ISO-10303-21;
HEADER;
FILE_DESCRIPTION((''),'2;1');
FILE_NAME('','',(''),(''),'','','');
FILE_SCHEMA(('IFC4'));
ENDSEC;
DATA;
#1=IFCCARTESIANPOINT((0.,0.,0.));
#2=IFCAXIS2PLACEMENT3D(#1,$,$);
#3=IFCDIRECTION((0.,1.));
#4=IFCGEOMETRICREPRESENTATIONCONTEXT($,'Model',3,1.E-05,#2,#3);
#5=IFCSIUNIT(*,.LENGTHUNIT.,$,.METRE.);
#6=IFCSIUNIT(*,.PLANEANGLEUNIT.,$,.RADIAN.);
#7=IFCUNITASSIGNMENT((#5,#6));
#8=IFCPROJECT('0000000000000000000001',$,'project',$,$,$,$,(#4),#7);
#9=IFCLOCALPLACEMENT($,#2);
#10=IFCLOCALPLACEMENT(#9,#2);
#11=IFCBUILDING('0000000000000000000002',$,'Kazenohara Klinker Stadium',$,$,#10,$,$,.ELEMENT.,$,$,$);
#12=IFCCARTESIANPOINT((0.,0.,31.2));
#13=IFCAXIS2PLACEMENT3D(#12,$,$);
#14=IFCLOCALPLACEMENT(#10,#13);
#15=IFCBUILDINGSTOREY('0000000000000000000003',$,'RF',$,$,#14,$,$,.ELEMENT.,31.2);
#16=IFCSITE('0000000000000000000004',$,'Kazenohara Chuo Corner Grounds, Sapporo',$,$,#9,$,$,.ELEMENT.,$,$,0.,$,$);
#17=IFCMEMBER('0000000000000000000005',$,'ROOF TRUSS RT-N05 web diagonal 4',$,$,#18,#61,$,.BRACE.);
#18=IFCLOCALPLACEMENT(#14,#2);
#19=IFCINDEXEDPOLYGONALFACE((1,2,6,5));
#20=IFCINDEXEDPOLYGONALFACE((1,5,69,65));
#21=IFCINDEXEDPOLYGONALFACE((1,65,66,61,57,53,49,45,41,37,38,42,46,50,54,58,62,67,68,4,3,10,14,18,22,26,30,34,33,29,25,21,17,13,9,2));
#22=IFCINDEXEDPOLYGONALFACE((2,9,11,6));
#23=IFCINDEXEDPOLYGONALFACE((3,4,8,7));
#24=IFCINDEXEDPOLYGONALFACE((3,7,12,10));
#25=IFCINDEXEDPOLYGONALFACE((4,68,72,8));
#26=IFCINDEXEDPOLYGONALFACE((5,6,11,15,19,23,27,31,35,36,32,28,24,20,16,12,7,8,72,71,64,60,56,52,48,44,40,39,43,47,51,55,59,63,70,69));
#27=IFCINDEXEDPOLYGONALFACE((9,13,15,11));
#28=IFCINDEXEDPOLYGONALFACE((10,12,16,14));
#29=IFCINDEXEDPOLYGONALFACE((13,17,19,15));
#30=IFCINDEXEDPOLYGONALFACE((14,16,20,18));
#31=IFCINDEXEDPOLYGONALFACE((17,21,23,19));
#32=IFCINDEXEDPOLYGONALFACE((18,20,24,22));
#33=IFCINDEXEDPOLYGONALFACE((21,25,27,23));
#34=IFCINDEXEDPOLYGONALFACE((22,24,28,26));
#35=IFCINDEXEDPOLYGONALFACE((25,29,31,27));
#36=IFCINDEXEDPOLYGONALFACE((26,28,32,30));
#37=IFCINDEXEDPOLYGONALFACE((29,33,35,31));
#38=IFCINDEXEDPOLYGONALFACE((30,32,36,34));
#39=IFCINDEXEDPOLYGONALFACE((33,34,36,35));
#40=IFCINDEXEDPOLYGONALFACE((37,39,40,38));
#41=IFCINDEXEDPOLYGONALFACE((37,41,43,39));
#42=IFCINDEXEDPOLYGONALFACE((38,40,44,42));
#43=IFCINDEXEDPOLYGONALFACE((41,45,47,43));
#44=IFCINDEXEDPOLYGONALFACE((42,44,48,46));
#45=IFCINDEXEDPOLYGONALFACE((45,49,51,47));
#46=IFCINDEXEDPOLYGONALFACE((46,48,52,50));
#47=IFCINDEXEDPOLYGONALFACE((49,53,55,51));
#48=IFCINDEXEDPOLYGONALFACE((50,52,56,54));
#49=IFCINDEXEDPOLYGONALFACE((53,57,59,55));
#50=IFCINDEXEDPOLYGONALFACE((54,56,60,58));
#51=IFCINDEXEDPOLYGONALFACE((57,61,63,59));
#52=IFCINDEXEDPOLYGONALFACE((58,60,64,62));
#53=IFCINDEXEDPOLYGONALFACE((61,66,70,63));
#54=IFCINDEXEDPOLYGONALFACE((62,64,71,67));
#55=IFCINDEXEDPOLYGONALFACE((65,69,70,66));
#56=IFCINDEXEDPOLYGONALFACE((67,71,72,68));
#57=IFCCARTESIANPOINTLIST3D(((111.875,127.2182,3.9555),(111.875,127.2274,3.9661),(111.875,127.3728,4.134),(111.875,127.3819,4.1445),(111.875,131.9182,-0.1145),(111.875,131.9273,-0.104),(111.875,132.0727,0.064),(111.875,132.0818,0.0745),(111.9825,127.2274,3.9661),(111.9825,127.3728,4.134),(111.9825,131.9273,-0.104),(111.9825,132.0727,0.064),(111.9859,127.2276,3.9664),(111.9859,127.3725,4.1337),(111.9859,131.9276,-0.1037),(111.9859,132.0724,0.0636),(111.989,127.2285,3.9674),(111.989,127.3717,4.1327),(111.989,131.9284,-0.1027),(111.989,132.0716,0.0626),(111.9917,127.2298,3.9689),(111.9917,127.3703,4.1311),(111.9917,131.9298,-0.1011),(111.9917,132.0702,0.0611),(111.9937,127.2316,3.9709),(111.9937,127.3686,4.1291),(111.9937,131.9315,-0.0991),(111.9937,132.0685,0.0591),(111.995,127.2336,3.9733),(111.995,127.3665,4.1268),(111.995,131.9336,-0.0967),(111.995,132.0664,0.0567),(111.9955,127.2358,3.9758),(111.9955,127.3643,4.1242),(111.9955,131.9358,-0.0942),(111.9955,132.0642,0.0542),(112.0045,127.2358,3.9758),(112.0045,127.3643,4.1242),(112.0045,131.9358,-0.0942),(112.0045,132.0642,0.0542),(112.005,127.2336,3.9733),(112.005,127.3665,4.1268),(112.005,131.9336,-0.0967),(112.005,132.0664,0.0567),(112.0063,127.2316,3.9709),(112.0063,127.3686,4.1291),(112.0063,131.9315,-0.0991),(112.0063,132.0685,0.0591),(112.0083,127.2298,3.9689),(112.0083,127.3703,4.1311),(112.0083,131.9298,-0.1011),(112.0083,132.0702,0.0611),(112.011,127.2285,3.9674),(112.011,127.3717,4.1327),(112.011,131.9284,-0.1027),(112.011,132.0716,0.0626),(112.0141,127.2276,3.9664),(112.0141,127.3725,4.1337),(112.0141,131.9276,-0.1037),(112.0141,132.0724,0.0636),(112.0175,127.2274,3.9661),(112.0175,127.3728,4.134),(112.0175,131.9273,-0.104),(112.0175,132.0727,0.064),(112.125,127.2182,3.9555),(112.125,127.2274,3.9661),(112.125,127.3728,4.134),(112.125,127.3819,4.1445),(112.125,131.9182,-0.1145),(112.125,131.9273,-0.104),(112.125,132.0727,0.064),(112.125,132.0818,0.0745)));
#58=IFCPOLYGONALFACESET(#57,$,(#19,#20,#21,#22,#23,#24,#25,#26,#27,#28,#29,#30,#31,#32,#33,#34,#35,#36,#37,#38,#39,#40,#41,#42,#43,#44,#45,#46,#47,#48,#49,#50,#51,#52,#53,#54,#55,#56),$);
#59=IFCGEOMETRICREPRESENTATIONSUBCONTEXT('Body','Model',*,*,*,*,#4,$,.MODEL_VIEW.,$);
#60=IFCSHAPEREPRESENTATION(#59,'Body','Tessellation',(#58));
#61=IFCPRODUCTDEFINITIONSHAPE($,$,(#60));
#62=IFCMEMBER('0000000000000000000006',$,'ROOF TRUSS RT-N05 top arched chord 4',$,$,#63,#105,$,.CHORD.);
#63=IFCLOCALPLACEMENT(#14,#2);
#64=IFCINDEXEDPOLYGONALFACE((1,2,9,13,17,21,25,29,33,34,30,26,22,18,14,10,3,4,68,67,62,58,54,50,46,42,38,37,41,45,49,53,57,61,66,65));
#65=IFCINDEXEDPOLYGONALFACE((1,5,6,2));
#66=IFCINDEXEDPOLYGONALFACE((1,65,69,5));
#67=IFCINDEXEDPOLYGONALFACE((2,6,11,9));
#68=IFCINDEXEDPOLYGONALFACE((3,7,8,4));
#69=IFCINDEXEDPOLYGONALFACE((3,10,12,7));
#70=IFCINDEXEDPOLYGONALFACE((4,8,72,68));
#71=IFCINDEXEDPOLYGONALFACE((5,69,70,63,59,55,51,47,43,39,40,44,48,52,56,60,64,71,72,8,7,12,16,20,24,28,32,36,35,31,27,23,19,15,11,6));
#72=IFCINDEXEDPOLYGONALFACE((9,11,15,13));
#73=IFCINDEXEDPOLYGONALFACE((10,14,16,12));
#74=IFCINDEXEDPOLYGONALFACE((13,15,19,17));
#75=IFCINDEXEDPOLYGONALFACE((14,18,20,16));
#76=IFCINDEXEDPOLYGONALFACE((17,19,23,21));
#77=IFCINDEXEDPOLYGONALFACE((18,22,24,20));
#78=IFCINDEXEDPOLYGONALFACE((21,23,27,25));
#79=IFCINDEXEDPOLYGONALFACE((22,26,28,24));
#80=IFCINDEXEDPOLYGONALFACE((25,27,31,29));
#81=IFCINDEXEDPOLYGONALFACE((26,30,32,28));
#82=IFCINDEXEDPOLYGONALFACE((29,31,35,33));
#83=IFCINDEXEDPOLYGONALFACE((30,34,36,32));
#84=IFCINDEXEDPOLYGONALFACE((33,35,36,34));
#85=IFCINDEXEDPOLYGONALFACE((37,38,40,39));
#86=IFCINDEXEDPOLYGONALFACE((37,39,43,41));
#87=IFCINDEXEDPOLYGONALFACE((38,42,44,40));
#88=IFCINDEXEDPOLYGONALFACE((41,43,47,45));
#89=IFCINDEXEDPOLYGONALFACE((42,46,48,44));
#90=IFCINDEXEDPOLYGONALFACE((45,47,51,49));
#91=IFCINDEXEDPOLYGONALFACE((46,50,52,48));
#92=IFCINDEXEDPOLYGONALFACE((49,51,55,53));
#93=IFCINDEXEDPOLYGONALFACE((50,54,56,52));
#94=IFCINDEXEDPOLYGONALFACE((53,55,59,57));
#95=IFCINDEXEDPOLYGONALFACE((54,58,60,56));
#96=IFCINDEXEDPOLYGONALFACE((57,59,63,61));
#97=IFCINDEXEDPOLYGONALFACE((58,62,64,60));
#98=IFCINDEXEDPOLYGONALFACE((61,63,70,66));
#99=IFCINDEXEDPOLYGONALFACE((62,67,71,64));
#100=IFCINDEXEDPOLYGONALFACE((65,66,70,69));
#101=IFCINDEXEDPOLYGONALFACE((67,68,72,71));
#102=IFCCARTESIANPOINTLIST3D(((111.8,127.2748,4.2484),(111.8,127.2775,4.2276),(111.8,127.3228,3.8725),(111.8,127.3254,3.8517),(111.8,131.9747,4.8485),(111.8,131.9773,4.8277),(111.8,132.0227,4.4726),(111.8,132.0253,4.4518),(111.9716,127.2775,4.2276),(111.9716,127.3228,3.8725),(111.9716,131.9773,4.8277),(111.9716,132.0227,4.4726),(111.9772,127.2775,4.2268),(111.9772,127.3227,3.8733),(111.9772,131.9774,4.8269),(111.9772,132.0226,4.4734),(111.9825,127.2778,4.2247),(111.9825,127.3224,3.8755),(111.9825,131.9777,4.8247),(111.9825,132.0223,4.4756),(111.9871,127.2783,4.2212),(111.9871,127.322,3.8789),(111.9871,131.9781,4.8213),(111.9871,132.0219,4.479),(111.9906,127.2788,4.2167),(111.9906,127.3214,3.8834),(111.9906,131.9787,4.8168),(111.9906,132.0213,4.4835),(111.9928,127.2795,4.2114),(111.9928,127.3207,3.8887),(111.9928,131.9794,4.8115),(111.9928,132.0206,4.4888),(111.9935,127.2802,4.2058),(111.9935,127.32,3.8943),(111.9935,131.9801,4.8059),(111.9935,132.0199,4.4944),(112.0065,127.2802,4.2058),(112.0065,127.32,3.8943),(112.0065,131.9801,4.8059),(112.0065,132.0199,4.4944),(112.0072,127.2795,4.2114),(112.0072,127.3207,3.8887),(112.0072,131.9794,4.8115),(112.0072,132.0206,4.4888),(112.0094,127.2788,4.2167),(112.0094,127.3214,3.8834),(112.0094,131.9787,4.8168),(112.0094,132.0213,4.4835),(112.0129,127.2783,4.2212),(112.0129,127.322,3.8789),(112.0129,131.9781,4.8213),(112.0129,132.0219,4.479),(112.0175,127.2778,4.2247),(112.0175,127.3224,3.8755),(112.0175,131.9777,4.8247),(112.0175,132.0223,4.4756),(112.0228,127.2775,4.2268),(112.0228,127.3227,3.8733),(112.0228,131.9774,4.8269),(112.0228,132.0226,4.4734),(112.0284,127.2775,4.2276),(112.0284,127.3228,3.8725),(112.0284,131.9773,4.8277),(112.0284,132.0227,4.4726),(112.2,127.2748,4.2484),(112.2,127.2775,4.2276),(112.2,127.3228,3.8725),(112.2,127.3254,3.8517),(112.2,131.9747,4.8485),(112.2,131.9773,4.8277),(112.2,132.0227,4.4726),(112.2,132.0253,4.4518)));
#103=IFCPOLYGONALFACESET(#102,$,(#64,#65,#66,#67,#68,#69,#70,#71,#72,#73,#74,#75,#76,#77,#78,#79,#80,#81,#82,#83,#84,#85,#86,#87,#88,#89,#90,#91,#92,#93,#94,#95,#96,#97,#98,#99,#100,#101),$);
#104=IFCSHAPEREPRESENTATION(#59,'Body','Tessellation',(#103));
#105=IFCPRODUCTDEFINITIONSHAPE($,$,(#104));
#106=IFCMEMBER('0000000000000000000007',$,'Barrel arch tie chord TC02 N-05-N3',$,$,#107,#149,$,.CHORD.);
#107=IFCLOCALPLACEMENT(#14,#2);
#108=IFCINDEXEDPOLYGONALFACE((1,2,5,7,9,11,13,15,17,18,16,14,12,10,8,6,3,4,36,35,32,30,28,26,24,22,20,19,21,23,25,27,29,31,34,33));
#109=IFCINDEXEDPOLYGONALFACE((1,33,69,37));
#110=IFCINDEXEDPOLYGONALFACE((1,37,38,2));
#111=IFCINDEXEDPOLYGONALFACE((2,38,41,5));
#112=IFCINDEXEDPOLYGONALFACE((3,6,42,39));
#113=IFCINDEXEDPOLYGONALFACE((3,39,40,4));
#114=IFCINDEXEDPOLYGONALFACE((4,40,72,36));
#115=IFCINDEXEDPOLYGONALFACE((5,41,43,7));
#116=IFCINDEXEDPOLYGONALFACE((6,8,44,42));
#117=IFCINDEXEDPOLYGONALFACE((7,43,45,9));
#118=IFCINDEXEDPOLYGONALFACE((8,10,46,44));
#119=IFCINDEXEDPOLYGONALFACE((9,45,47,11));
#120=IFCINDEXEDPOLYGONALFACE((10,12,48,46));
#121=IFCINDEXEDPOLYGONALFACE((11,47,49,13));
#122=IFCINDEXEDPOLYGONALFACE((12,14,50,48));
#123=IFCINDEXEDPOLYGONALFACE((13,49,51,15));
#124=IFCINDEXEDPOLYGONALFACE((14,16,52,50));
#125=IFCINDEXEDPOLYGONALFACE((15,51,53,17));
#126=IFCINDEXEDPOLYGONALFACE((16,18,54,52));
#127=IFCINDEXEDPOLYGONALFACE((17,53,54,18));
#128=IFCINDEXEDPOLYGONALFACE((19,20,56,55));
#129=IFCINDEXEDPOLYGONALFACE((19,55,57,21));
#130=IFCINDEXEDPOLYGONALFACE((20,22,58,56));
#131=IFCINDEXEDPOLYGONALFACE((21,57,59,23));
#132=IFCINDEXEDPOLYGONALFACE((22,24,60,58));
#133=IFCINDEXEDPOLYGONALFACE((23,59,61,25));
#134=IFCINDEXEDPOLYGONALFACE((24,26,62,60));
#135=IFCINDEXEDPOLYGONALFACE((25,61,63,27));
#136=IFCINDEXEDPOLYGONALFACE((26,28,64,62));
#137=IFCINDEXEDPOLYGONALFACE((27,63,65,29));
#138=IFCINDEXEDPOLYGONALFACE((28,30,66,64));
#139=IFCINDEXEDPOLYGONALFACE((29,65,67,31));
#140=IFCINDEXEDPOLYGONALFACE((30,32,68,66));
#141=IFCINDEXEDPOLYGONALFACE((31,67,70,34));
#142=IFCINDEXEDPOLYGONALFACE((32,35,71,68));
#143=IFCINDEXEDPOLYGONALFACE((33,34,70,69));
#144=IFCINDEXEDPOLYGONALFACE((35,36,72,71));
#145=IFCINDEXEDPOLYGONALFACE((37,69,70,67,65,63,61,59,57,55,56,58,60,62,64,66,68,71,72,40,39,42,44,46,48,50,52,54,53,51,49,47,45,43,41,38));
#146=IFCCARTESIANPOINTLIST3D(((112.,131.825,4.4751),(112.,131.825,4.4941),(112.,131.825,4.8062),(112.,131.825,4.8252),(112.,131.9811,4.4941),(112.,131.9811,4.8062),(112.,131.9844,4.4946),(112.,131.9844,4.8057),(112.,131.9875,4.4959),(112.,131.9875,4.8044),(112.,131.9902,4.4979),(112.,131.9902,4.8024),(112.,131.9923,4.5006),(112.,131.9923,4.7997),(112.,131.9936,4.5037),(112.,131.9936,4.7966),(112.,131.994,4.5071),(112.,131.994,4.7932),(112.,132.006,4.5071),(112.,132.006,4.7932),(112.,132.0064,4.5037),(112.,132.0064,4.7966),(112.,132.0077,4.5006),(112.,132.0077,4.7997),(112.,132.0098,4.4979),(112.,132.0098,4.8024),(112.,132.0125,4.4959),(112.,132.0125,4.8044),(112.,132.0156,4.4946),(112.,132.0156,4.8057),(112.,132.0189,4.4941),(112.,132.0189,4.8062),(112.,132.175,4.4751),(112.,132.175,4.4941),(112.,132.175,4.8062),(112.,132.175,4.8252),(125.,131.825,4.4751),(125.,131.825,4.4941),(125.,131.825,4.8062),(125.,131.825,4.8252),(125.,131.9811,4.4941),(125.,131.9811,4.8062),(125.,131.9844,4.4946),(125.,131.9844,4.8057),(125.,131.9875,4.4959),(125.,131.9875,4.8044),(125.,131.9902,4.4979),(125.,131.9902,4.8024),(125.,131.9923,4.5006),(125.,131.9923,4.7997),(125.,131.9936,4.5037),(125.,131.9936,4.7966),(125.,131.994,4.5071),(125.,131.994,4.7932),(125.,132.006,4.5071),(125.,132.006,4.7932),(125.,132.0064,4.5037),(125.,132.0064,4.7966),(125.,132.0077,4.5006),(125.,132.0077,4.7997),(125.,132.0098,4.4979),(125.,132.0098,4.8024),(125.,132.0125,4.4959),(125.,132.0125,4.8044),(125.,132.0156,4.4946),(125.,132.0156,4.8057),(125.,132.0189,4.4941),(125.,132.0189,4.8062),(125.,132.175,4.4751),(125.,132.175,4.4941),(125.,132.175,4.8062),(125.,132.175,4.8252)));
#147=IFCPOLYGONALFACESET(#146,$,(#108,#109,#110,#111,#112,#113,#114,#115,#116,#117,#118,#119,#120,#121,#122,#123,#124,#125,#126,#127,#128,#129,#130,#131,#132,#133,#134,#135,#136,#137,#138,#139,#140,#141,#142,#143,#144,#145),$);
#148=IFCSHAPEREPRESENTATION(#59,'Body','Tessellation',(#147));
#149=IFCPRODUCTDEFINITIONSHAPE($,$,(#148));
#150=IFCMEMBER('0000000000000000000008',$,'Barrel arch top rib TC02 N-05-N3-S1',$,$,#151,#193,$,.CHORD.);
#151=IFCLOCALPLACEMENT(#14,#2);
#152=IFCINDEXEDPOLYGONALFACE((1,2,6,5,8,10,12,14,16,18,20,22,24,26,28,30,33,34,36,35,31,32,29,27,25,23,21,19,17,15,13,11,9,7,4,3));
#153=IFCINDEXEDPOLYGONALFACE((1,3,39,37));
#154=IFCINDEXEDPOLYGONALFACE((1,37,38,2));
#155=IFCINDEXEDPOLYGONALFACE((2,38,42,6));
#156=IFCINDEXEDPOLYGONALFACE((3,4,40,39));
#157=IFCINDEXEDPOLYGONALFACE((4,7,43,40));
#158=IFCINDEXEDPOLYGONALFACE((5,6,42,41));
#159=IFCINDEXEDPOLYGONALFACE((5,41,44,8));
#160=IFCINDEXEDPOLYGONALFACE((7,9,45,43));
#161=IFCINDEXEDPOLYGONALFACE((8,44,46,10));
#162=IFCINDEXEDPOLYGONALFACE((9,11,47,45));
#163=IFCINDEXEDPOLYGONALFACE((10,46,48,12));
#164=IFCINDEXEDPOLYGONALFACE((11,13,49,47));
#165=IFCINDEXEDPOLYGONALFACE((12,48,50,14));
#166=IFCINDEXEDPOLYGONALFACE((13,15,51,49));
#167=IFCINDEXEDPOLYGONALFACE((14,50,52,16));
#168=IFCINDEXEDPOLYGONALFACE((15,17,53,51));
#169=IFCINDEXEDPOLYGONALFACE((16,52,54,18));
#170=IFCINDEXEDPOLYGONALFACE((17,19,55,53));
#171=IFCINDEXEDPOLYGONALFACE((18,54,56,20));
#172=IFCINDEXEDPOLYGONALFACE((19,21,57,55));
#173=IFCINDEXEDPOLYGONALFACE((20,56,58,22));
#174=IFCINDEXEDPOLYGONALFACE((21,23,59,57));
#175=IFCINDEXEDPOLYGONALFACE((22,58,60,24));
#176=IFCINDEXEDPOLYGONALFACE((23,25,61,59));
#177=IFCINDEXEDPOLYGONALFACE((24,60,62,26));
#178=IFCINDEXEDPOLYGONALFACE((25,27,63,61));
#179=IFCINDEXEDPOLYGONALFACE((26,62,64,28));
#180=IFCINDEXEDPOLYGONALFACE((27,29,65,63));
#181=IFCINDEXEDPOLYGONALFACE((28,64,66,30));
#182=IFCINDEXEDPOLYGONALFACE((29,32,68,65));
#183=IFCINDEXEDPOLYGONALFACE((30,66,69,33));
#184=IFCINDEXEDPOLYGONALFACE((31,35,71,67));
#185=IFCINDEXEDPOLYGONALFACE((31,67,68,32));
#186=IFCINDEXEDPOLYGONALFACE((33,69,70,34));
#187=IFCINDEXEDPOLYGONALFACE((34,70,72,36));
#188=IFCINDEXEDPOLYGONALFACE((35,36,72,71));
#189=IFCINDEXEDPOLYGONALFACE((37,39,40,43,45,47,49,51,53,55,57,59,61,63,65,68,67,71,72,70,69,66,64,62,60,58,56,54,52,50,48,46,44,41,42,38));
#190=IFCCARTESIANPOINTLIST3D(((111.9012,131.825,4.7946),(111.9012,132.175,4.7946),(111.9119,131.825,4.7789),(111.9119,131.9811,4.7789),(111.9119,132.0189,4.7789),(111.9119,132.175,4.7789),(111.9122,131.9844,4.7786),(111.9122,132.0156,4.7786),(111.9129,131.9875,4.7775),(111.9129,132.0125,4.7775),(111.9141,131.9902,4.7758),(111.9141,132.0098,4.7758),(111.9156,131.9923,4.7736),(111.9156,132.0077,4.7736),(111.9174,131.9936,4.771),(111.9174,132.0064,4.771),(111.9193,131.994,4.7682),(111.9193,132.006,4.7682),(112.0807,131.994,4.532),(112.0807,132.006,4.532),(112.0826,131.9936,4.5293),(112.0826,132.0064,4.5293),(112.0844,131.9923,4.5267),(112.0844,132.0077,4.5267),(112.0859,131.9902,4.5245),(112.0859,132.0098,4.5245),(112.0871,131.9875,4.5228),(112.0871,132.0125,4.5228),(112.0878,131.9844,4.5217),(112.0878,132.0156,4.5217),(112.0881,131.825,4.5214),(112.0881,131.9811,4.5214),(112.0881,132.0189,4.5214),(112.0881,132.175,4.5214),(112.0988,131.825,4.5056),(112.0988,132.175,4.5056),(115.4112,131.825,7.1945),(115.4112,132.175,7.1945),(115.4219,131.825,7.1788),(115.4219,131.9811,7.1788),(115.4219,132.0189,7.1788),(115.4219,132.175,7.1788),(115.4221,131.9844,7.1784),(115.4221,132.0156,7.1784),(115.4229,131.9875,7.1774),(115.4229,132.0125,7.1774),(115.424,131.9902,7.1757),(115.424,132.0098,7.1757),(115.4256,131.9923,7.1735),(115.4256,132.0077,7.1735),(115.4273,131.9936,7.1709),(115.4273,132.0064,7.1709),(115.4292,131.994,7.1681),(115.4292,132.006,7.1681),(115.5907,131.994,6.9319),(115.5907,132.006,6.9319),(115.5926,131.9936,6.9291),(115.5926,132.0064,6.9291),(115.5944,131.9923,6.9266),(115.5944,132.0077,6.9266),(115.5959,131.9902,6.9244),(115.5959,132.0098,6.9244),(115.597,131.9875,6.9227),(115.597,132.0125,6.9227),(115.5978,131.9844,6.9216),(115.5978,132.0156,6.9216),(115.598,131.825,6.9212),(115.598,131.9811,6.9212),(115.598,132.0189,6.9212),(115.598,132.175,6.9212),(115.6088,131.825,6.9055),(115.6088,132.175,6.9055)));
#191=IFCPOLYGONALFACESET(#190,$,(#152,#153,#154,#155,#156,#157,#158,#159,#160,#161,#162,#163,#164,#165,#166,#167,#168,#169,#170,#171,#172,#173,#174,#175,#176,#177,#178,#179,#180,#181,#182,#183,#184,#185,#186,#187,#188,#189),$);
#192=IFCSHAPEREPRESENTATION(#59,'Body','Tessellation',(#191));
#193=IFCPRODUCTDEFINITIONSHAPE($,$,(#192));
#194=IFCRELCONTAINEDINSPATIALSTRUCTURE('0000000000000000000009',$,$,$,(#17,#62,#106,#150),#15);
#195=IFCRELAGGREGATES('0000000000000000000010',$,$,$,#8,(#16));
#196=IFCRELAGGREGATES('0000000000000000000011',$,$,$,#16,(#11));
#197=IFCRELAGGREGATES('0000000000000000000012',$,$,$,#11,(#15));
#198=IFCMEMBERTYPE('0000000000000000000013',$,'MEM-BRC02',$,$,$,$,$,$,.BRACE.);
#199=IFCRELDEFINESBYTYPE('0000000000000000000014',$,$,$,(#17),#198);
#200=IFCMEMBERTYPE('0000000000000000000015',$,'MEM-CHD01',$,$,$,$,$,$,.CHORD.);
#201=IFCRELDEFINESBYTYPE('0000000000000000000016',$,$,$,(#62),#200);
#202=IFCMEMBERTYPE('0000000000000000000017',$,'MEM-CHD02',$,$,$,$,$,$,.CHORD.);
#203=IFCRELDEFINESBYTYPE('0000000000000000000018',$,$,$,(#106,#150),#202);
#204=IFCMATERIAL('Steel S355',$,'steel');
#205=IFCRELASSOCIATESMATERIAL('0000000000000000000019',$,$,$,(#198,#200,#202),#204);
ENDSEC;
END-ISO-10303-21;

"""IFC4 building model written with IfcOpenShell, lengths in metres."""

from ifc_helpers import new_model, si_unit, direction, frame, origin, origin_2d, place, context, subcontext, project, spatial, i_section, extrude, material, material_profile, profile_set, type_object, element, save


model = new_model("IFC4")

# Units and contexts
model_context = context("Model", 3, precision=1e-05, world=origin(), true_north=direction((0.0, 1.0)))
body_context = subcontext(model_context, "Body", "Model", "MODEL_VIEW")
ifc_project = project(units=[si_unit("LENGTHUNIT", "METRE"), si_unit("PLANEANGLEUNIT", "RADIAN")], contexts=[model_context])

# Site, building, storey
site_placement = place(None, origin())
site = spatial("IfcSite", under=ifc_project, at=site_placement, Name="Kazenohara Chuo Corner Grounds, Sapporo", CompositionType="ELEMENT", RefElevation=0.0)
building_placement = place(site_placement, origin())
building = spatial("IfcBuilding", under=site, at=building_placement, Name="Kazenohara Klinker Stadium", CompositionType="ELEMENT")
storey_placement = place(building_placement, frame((0.0, 0.0, 31.2)))
storey = spatial("IfcBuildingStorey", under=building, at=storey_placement, Name="RF", CompositionType="ELEMENT", Elevation=31.2)

# Members
ifc_material_1 = material(Name="Steel S355", Category="steel")
ifc_material_profile_1 = material_profile(ifc_material_1, i_section(OverallWidth=0.25, OverallDepth=0.25, WebThickness=0.009, FlangeThickness=0.0139, FilletRadius=0.0129, at=origin_2d()), Name="H-250x250x9x14")
ifc_profile_set_1 = profile_set([ifc_material_profile_1], Name="Steel S355")
member_type_1 = type_object("IfcMemberType", Name="MEM-BRC02", PredefinedType="BRACE", material=ifc_profile_set_1)
member_1_placement = place(storey_placement, frame((112.0, 132.0, -0.02), z_axis=(0.0, -0.755946, 0.654634), x_axis=(1.0, 0.0, 0.0)))
element("IfcMember", 1, at=member_1_placement, inside=storey, type_object=member_type_1, Name="ROOF TRUSS RT-N05 web diagonal 4", PredefinedType="BRACE", context=body_context, shape_type="SweptSolid", body=[
    extrude(i_section(OverallWidth=0.25, OverallDepth=0.25, WebThickness=0.009, FlangeThickness=0.0139, FilletRadius=0.0129, at=origin_2d()), origin(), (0.0, 0.0, 1.0), 6.2173),
])
ifc_material_profile_2 = material_profile(ifc_material_1, i_section(OverallWidth=0.3999, OverallDepth=0.3999, WebThickness=0.0129, FlangeThickness=0.021, FilletRadius=0.022, at=origin_2d()), Name="H-400x400x13x21")
ifc_profile_set_2 = profile_set([ifc_material_profile_2], Name="Steel S355")
member_type_2 = type_object("IfcMemberType", Name="MEM-CHD01", PredefinedType="CHORD", material=ifc_profile_set_2)
member_2_placement = place(storey_placement, frame((112.0, 132.0, 4.6501), z_axis=(0.0, -0.991947, -0.126653), x_axis=(1.0, 0.0, 0.0)))
element("IfcMember", 2, at=member_2_placement, inside=storey, type_object=member_type_2, Name="ROOF TRUSS RT-N05 top arched chord 4", PredefinedType="CHORD", context=body_context, shape_type="SweptSolid", body=[
    extrude(i_section(OverallWidth=0.3999, OverallDepth=0.3999, WebThickness=0.0129, FlangeThickness=0.021, FilletRadius=0.022, at=origin_2d()), origin(), (0.0, 0.0, 1.0), 4.738),
])
ifc_material_profile_3 = material_profile(ifc_material_1, i_section(OverallWidth=0.3501, OverallDepth=0.3501, WebThickness=0.012, FlangeThickness=0.019, FilletRadius=0.0129, at=origin_2d()), Name="H-350x350x12x19")
ifc_profile_set_3 = profile_set([ifc_material_profile_3], Name="Steel S355")
member_type_3 = type_object("IfcMemberType", Name="MEM-CHD02", PredefinedType="CHORD", material=ifc_profile_set_3)
member_3_placement = place(storey_placement, frame((112.0, 132.0, 4.6501), z_axis=(1.0, 0.0, 0.0), x_axis=(0.0, 1.0, 0.0)))
element("IfcMember", 3, at=member_3_placement, inside=storey, type_object=member_type_3, Name="Barrel arch tie chord TC02 N-05-N3", PredefinedType="CHORD", context=body_context, shape_type="SweptSolid", body=[
    extrude(i_section(OverallWidth=0.3501, OverallDepth=0.3501, WebThickness=0.012, FlangeThickness=0.019, FilletRadius=0.0129, at=origin_2d()), origin(), (0.0, 0.0, 1.0), 13.0),
])
member_4_placement = place(storey_placement, frame((112.0, 132.0, 4.6501), z_axis=(0.825492, 0.0, 0.564414), x_axis=(0.0, 1.0, 0.0)))
element("IfcMember", 4, at=member_4_placement, inside=storey, type_object=member_type_3, Name="Barrel arch top rib TC02 N-05-N3-S1", PredefinedType="CHORD", context=body_context, shape_type="SweptSolid", body=[
    extrude(i_section(OverallWidth=0.3501, OverallDepth=0.3501, WebThickness=0.012, FlangeThickness=0.019, FilletRadius=0.0129, at=origin_2d()), origin(), (0.0, 0.0, 1.0), 4.252),
])

save(model, "model.ifc")
